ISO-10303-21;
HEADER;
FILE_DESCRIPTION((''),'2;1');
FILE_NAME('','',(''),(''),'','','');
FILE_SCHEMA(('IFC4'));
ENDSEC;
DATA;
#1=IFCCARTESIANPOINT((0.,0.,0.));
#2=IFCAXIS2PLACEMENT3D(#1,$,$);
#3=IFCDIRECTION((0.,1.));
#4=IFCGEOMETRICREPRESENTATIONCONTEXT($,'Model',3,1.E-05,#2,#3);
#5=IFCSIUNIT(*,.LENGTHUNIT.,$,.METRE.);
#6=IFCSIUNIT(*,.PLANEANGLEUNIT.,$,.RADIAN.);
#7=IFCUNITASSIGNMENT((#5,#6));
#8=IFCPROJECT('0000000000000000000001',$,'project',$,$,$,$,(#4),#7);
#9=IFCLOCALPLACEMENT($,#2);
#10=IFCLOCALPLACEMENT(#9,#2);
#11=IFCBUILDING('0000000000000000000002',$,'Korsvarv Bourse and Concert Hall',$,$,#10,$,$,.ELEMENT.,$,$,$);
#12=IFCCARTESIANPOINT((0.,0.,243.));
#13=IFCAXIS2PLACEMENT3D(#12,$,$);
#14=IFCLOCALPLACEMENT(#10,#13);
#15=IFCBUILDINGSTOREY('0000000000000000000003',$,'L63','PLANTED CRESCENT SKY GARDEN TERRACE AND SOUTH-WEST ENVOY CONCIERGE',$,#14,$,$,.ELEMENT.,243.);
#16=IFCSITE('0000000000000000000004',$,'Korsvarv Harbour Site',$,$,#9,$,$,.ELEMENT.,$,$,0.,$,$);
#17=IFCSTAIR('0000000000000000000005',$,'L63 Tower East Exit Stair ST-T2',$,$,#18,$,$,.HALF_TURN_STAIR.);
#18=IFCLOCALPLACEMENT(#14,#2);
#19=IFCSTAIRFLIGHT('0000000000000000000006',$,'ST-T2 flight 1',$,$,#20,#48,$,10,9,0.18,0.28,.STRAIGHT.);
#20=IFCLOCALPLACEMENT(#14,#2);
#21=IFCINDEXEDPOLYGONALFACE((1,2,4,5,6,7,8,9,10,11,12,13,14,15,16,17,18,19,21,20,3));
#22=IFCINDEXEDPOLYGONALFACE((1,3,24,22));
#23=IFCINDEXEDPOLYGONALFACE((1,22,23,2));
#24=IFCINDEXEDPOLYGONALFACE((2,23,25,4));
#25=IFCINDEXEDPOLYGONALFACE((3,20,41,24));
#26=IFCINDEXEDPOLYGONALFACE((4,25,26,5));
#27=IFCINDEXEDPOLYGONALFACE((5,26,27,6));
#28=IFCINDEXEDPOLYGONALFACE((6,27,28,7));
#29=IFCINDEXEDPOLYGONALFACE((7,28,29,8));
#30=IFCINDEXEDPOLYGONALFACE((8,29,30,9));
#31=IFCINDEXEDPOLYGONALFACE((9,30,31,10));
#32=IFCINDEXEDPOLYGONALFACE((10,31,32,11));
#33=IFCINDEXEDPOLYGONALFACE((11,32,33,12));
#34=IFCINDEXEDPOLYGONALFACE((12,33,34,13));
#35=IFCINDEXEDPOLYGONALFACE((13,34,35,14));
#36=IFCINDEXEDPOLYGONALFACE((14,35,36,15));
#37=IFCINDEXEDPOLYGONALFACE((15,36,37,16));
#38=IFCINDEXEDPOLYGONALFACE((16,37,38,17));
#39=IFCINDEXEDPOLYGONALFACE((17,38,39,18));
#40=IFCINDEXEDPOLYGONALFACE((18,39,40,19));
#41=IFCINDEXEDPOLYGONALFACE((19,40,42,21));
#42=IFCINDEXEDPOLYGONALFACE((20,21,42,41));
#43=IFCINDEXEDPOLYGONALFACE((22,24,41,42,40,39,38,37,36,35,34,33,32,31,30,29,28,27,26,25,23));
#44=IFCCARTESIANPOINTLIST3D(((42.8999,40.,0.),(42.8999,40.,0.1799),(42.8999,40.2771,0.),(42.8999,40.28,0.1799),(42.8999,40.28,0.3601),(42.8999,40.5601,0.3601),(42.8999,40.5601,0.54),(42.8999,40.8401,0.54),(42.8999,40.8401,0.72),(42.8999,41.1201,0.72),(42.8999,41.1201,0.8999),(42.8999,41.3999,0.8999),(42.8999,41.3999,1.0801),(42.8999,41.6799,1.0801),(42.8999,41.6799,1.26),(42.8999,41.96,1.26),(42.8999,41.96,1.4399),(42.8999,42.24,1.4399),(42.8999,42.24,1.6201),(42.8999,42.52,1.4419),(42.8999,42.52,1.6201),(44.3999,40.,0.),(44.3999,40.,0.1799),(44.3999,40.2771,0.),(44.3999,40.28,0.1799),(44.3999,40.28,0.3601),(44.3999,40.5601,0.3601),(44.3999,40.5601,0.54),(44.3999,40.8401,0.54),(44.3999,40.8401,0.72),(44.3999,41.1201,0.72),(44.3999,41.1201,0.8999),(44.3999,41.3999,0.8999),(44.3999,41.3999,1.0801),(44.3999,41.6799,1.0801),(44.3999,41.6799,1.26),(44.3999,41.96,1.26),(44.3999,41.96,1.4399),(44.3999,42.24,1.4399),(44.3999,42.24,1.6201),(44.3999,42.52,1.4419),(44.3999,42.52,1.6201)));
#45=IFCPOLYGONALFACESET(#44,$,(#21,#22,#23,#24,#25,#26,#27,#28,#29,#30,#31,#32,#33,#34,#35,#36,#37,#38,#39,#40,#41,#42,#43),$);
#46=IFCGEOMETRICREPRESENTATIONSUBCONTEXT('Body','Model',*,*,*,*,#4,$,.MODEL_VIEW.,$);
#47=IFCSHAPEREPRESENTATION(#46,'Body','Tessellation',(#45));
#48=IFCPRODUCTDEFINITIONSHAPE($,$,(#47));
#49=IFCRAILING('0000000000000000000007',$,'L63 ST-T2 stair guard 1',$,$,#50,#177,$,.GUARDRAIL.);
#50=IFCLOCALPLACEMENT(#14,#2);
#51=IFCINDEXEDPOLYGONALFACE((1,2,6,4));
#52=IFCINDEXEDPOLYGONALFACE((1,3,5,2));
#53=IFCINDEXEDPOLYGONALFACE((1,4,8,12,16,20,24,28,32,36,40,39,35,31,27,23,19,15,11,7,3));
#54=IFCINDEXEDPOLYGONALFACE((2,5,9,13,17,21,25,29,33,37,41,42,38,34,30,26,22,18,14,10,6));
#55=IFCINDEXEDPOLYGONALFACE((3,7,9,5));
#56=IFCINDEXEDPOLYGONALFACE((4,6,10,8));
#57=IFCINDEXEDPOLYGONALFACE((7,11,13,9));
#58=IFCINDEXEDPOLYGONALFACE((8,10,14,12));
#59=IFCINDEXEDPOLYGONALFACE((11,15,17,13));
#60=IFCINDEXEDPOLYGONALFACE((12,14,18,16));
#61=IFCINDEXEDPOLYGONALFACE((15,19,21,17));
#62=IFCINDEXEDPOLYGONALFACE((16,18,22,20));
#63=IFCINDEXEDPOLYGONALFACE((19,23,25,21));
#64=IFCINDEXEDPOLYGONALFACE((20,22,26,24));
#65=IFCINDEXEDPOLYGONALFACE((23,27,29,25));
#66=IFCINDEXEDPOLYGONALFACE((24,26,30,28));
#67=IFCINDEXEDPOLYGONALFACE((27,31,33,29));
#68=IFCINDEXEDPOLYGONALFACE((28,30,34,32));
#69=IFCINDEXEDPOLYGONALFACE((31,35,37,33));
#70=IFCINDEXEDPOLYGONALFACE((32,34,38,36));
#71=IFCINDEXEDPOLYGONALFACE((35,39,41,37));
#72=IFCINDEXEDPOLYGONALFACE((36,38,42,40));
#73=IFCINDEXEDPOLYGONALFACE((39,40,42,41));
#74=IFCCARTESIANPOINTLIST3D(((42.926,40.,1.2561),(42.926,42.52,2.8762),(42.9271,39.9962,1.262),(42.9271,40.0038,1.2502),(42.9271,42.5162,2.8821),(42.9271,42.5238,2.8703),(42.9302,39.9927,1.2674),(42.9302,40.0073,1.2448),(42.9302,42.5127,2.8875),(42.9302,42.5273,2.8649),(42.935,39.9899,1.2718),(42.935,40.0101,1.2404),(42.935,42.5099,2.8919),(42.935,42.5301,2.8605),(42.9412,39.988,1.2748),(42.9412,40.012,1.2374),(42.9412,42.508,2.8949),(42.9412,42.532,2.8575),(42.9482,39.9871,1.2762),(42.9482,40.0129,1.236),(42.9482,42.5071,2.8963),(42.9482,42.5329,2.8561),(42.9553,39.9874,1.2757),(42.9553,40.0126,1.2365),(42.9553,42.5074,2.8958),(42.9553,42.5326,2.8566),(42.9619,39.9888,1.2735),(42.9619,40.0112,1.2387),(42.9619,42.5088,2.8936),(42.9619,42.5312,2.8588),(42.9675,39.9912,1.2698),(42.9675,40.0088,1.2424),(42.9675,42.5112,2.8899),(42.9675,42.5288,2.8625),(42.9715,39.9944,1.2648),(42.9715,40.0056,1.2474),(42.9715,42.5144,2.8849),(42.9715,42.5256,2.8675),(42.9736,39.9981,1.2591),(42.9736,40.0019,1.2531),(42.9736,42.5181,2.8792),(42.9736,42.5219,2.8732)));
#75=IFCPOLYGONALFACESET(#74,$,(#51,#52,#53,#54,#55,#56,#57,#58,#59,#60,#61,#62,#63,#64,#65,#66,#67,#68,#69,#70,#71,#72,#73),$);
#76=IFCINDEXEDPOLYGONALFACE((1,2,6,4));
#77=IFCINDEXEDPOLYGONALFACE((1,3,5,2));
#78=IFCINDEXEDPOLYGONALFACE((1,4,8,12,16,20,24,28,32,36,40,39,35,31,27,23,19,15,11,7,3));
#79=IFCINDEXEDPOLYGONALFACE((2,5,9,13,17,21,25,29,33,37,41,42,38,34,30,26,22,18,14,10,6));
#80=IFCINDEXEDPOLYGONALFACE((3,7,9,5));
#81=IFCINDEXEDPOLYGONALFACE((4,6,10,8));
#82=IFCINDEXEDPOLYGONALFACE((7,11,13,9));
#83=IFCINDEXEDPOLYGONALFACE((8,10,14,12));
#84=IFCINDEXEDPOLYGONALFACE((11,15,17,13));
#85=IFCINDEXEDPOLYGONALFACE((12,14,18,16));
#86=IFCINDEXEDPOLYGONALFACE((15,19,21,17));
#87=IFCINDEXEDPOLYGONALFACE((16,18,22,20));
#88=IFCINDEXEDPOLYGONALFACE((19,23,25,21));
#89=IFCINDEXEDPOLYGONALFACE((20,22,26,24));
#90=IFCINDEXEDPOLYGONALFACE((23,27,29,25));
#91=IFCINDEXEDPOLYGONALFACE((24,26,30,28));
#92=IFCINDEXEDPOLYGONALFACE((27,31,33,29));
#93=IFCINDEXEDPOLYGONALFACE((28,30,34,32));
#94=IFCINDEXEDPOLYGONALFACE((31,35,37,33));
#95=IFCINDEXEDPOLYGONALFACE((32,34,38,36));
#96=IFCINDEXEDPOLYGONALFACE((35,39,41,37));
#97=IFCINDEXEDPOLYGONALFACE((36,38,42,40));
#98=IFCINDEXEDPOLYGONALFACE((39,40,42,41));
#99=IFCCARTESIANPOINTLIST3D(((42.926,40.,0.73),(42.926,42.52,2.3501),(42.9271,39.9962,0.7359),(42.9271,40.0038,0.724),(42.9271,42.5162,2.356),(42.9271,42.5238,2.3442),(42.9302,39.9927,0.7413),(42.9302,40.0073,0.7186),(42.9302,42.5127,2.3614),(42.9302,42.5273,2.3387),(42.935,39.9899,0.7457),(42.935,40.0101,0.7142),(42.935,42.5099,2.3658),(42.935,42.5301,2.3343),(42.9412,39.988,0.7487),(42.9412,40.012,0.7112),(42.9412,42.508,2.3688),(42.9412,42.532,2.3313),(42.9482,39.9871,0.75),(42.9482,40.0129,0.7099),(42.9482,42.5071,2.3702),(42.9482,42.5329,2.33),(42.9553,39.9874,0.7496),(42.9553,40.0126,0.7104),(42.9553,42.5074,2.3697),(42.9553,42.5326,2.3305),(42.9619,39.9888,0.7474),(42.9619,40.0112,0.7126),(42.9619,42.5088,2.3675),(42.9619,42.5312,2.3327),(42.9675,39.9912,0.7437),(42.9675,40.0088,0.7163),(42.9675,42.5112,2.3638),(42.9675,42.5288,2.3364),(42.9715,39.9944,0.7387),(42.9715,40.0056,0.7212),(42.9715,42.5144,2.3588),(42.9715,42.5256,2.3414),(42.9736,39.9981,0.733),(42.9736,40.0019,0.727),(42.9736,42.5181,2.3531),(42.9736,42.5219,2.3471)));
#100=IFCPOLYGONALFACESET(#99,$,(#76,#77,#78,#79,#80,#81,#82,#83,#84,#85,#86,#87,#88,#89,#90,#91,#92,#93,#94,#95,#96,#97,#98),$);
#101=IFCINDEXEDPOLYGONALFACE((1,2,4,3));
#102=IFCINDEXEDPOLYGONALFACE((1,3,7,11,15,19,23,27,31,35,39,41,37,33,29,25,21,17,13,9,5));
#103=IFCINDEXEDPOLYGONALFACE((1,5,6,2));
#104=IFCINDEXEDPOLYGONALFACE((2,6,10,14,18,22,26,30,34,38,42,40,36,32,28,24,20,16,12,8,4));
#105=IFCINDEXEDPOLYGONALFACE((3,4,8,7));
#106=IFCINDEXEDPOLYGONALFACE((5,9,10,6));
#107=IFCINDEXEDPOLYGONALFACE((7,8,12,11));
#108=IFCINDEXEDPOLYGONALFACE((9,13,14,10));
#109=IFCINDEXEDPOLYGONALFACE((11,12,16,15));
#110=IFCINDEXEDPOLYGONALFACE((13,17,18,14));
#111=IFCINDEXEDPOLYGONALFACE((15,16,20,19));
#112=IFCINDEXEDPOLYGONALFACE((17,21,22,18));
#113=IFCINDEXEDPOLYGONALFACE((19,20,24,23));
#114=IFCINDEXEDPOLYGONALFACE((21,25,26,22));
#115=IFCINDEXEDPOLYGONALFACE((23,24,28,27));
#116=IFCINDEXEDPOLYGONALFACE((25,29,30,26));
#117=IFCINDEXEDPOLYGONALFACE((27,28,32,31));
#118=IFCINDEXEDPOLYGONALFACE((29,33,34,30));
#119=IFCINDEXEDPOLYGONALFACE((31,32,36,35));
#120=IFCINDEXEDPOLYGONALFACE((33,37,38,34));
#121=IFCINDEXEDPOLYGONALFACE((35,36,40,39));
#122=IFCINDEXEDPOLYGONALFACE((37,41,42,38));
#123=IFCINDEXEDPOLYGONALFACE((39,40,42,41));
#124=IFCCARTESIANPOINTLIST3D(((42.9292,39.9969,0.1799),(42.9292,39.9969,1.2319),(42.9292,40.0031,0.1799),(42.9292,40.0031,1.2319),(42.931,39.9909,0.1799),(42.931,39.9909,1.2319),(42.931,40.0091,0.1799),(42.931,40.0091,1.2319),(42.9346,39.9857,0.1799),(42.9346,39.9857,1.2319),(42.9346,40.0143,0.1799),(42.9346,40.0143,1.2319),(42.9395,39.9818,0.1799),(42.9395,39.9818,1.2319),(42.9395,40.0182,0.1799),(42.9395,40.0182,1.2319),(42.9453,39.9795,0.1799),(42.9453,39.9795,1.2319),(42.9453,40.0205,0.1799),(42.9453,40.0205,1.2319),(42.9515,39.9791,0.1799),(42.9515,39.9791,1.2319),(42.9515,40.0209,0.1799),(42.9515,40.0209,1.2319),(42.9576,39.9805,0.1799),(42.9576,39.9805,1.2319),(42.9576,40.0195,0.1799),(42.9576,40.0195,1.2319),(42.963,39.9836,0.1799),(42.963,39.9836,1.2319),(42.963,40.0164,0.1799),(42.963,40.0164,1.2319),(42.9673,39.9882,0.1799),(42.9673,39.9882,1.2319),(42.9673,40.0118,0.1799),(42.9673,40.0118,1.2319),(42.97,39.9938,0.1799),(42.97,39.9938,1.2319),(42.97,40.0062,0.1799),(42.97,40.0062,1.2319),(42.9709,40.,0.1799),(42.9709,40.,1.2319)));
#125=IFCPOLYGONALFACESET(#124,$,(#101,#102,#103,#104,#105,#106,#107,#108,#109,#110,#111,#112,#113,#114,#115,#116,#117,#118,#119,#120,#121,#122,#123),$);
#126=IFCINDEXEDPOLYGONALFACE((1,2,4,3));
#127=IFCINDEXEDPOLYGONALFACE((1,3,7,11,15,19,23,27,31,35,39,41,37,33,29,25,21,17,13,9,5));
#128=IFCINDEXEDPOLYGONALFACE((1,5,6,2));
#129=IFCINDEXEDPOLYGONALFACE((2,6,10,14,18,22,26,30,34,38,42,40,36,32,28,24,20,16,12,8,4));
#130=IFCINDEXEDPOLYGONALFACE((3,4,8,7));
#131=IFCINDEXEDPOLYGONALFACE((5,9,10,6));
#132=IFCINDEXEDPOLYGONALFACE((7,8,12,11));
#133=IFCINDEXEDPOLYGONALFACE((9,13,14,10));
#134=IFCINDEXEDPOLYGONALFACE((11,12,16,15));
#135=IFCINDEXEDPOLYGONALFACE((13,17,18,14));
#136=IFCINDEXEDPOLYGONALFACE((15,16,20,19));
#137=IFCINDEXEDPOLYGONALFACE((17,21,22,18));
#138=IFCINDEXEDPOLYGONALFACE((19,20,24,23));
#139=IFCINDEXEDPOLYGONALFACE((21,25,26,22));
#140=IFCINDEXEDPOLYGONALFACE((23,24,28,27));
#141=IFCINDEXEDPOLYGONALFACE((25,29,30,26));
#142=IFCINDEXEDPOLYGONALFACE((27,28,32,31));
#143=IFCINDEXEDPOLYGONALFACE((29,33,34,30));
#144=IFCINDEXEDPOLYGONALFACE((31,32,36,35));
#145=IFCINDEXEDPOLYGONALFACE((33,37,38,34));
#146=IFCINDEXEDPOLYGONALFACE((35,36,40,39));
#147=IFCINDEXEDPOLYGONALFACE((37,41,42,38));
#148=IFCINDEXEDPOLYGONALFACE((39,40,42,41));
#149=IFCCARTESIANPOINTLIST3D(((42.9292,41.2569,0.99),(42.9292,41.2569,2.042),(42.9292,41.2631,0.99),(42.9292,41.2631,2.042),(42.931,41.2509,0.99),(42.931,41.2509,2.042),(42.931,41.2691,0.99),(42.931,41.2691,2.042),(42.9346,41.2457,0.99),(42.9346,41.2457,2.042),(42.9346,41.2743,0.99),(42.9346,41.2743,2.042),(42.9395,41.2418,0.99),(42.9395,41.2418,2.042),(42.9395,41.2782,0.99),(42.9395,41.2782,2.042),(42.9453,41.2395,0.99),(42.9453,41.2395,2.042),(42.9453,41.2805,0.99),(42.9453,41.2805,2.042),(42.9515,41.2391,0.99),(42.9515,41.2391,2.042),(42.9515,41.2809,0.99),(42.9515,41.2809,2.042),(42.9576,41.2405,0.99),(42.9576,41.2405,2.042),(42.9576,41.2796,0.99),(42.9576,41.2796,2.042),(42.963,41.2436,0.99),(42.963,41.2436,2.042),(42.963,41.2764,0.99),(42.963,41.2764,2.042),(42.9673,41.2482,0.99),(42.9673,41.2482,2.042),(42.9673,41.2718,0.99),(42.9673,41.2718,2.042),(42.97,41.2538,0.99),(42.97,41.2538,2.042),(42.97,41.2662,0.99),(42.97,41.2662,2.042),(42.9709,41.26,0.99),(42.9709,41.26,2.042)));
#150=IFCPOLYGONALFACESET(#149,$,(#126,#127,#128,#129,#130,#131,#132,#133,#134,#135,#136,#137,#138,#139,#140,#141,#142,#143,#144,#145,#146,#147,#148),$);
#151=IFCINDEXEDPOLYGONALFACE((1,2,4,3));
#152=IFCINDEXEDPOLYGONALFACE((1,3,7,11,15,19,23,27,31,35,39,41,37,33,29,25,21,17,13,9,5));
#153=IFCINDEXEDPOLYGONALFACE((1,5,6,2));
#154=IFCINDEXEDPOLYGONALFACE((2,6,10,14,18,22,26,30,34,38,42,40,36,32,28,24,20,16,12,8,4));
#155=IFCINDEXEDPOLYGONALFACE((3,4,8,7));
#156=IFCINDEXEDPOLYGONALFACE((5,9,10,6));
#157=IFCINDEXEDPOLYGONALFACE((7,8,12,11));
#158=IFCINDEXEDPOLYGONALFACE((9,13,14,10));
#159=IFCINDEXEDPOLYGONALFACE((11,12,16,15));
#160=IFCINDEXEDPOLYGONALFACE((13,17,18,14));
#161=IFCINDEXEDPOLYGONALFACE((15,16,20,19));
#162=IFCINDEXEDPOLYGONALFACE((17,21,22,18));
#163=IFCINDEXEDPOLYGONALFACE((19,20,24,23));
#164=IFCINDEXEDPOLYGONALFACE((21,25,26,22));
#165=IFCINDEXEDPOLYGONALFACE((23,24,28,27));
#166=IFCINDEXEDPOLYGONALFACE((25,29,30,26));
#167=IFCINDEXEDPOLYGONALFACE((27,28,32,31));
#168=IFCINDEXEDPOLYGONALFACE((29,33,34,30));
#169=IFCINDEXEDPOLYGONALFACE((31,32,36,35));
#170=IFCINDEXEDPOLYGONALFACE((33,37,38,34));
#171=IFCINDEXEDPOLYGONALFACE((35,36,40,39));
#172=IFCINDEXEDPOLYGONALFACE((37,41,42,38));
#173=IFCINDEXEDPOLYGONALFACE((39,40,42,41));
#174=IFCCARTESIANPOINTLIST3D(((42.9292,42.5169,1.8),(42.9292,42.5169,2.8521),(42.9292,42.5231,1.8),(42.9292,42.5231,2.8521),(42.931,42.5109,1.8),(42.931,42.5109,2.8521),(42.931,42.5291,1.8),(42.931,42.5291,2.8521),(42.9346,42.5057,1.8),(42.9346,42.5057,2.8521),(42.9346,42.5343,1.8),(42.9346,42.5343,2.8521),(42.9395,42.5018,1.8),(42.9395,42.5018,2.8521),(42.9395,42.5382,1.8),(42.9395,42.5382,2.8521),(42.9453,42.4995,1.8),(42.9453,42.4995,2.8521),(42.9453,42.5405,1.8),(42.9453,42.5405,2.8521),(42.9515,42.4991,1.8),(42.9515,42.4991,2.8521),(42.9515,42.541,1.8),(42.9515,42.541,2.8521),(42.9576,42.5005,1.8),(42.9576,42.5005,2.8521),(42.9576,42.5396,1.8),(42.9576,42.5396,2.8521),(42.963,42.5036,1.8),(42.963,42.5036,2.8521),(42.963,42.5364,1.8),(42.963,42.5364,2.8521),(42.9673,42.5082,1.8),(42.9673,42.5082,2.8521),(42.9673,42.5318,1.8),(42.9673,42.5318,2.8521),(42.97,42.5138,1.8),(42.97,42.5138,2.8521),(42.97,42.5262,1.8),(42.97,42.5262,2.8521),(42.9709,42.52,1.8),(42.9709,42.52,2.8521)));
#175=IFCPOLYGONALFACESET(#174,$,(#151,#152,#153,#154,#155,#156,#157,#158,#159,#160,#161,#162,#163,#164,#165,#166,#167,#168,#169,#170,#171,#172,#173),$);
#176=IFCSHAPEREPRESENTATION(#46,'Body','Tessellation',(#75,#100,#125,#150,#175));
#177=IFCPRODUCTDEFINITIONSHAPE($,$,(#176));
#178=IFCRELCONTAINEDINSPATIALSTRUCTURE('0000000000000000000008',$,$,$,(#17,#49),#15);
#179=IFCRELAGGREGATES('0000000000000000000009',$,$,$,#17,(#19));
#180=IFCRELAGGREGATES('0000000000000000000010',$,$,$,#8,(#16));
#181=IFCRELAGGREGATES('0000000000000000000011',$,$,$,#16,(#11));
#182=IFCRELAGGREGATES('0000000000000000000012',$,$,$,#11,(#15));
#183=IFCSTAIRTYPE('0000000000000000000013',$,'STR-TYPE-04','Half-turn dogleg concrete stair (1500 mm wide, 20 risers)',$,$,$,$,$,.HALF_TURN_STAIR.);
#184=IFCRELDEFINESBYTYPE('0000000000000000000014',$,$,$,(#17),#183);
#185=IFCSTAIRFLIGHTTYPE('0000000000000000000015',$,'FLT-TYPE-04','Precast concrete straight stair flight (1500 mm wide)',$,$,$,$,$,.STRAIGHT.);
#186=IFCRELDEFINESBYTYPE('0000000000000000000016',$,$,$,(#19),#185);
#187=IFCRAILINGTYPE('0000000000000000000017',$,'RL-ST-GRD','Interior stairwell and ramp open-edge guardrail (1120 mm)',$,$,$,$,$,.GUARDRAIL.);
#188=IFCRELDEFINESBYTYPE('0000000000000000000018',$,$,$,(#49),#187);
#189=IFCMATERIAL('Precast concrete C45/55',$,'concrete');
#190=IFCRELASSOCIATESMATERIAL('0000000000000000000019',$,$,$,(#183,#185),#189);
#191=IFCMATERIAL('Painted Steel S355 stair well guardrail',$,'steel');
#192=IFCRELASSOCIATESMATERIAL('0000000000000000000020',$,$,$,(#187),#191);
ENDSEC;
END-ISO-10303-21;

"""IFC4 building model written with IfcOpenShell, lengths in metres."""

from ifc_helpers import new_model, si_unit, direction, frame, origin, origin_2d, place, context, subcontext, project, spatial, polyline, circle, outline, extrude, material, type_object, element, aggregate, save


model = new_model("IFC4")

# Units and contexts
model_context = context("Model", 3, precision=1e-05, world=origin(), true_north=direction((0.0, 1.0)))
body_context = subcontext(model_context, "Body", "Model", "MODEL_VIEW")
ifc_project = project(units=[si_unit("LENGTHUNIT", "METRE"), si_unit("PLANEANGLEUNIT", "RADIAN")], contexts=[model_context])

# Site, building, storey
site_placement = place(None, origin())
site = spatial("IfcSite", under=ifc_project, at=site_placement, Name="Korsvarv Harbour Site", CompositionType="ELEMENT", RefElevation=0.0)
building_placement = place(site_placement, origin())
building = spatial("IfcBuilding", under=site, at=building_placement, Name="Korsvarv Bourse and Concert Hall", CompositionType="ELEMENT")
storey_placement = place(building_placement, frame((0.0, 0.0, 243.0)))
storey = spatial("IfcBuildingStorey", under=building, at=storey_placement, Name="L63", Description="PLANTED CRESCENT SKY GARDEN TERRACE AND SOUTH-WEST ENVOY CONCIERGE", CompositionType="ELEMENT", Elevation=243.0)

# Stair, stair flight
ifc_material_1 = material(Name="Precast concrete C45/55", Category="concrete")
stair_type = type_object("IfcStairType", Name="STR-TYPE-04", Description="Half-turn dogleg concrete stair (1500 mm wide, 20 risers)", PredefinedType="HALF_TURN_STAIR", material=ifc_material_1)
stair_placement = place(storey_placement, origin())
stair = element("IfcStair", 1, at=stair_placement, inside=storey, type_object=stair_type, Name="L63 Tower East Exit Stair ST-T2", PredefinedType="HALF_TURN_STAIR")
stair_flight_type = type_object("IfcStairFlightType", Name="FLT-TYPE-04", Description="Precast concrete straight stair flight (1500 mm wide)", PredefinedType="STRAIGHT", material=ifc_material_1)
stair_flight_placement = place(storey_placement, frame((43.6499, 40.0, 0.0), z_axis=(0.0, 0.0, 1.0), x_axis=(0.0, 1.0, 0.0)))
stair_flight = element("IfcStairFlight", 2, at=stair_flight_placement, type_object=stair_flight_type, Name="ST-T2 flight 1", NumberOfRisers=10, NumberOfTreads=9, PredefinedType="STRAIGHT", RiserHeight=0.18, TreadLength=0.28, context=body_context, shape_type="SweptSolid", body=[
    extrude(outline(polyline([(0.0, 0.0), (0.0, 0.1799), (0.28, 0.1799), (0.28, 0.3601), (0.5601, 0.3601), (0.5601, 0.54), (0.8401, 0.54), (0.8401, 0.72), (1.1201, 0.72), (1.1201, 0.8999), (1.3999, 0.8999), (1.3999, 1.0801), (1.6799, 1.0801), (1.6799, 1.26), (1.96, 1.26), (1.96, 1.4399), (2.24, 1.4399), (2.24, 1.6201), (2.52, 1.6201), (2.52, 1.8), (2.52, 1.4419), (0.2771, 0.0), (0.0, 0.0)])), frame((0.0, 0.75, 0.0), z_axis=(0.0, -1.0, 0.0), x_axis=(1.0, 0.0, 0.0)), (0.0, 0.0, 1.0), 1.5),
])
aggregate(stair, [stair_flight])

# Railing
ifc_material_2 = material(Name="Painted Steel S355 stair well guardrail", Category="steel")
railing_type_1 = type_object("IfcRailingType", Name="RL-ST-GRD", Description="Interior stairwell and ramp open-edge guardrail (1120 mm)", PredefinedType="GUARDRAIL", material=ifc_material_2)
railing_1_placement = place(storey_placement, frame((42.95, 40.0, 0.1799)))
element("IfcRailing", 3, at=railing_1_placement, inside=storey, type_object=railing_type_1, Name="L63 ST-T2 stair guard 1", PredefinedType="GUARDRAIL", context=body_context, shape_type="SweptSolid", body=[
    extrude(circle(Radius=0.0239, at=origin_2d()), frame((0.0, 0.0, 1.0762), z_axis=(0.0, 0.841163, 0.540782), x_axis=(-1.0, 0.0, 0.0)), (0.0, 0.0, 1.0), 2.9958),
    extrude(circle(Radius=0.0239, at=origin_2d()), frame((0.0, 0.0, 0.55), z_axis=(0.0, 0.841163, 0.540782), x_axis=(-1.0, 0.0, 0.0)), (0.0, 0.0, 1.0), 2.9958),
    extrude(circle(Radius=0.021, at=origin_2d()), origin(), (0.0, 0.0, 1.0), 1.052),
    extrude(circle(Radius=0.021, at=origin_2d()), frame((0.0, 1.26, 0.8101)), (0.0, 0.0, 1.0), 1.052),
    extrude(circle(Radius=0.021, at=origin_2d()), frame((0.0, 2.52, 1.6201)), (0.0, 0.0, 1.0), 1.052),
])

save(model, "model.ifc")
